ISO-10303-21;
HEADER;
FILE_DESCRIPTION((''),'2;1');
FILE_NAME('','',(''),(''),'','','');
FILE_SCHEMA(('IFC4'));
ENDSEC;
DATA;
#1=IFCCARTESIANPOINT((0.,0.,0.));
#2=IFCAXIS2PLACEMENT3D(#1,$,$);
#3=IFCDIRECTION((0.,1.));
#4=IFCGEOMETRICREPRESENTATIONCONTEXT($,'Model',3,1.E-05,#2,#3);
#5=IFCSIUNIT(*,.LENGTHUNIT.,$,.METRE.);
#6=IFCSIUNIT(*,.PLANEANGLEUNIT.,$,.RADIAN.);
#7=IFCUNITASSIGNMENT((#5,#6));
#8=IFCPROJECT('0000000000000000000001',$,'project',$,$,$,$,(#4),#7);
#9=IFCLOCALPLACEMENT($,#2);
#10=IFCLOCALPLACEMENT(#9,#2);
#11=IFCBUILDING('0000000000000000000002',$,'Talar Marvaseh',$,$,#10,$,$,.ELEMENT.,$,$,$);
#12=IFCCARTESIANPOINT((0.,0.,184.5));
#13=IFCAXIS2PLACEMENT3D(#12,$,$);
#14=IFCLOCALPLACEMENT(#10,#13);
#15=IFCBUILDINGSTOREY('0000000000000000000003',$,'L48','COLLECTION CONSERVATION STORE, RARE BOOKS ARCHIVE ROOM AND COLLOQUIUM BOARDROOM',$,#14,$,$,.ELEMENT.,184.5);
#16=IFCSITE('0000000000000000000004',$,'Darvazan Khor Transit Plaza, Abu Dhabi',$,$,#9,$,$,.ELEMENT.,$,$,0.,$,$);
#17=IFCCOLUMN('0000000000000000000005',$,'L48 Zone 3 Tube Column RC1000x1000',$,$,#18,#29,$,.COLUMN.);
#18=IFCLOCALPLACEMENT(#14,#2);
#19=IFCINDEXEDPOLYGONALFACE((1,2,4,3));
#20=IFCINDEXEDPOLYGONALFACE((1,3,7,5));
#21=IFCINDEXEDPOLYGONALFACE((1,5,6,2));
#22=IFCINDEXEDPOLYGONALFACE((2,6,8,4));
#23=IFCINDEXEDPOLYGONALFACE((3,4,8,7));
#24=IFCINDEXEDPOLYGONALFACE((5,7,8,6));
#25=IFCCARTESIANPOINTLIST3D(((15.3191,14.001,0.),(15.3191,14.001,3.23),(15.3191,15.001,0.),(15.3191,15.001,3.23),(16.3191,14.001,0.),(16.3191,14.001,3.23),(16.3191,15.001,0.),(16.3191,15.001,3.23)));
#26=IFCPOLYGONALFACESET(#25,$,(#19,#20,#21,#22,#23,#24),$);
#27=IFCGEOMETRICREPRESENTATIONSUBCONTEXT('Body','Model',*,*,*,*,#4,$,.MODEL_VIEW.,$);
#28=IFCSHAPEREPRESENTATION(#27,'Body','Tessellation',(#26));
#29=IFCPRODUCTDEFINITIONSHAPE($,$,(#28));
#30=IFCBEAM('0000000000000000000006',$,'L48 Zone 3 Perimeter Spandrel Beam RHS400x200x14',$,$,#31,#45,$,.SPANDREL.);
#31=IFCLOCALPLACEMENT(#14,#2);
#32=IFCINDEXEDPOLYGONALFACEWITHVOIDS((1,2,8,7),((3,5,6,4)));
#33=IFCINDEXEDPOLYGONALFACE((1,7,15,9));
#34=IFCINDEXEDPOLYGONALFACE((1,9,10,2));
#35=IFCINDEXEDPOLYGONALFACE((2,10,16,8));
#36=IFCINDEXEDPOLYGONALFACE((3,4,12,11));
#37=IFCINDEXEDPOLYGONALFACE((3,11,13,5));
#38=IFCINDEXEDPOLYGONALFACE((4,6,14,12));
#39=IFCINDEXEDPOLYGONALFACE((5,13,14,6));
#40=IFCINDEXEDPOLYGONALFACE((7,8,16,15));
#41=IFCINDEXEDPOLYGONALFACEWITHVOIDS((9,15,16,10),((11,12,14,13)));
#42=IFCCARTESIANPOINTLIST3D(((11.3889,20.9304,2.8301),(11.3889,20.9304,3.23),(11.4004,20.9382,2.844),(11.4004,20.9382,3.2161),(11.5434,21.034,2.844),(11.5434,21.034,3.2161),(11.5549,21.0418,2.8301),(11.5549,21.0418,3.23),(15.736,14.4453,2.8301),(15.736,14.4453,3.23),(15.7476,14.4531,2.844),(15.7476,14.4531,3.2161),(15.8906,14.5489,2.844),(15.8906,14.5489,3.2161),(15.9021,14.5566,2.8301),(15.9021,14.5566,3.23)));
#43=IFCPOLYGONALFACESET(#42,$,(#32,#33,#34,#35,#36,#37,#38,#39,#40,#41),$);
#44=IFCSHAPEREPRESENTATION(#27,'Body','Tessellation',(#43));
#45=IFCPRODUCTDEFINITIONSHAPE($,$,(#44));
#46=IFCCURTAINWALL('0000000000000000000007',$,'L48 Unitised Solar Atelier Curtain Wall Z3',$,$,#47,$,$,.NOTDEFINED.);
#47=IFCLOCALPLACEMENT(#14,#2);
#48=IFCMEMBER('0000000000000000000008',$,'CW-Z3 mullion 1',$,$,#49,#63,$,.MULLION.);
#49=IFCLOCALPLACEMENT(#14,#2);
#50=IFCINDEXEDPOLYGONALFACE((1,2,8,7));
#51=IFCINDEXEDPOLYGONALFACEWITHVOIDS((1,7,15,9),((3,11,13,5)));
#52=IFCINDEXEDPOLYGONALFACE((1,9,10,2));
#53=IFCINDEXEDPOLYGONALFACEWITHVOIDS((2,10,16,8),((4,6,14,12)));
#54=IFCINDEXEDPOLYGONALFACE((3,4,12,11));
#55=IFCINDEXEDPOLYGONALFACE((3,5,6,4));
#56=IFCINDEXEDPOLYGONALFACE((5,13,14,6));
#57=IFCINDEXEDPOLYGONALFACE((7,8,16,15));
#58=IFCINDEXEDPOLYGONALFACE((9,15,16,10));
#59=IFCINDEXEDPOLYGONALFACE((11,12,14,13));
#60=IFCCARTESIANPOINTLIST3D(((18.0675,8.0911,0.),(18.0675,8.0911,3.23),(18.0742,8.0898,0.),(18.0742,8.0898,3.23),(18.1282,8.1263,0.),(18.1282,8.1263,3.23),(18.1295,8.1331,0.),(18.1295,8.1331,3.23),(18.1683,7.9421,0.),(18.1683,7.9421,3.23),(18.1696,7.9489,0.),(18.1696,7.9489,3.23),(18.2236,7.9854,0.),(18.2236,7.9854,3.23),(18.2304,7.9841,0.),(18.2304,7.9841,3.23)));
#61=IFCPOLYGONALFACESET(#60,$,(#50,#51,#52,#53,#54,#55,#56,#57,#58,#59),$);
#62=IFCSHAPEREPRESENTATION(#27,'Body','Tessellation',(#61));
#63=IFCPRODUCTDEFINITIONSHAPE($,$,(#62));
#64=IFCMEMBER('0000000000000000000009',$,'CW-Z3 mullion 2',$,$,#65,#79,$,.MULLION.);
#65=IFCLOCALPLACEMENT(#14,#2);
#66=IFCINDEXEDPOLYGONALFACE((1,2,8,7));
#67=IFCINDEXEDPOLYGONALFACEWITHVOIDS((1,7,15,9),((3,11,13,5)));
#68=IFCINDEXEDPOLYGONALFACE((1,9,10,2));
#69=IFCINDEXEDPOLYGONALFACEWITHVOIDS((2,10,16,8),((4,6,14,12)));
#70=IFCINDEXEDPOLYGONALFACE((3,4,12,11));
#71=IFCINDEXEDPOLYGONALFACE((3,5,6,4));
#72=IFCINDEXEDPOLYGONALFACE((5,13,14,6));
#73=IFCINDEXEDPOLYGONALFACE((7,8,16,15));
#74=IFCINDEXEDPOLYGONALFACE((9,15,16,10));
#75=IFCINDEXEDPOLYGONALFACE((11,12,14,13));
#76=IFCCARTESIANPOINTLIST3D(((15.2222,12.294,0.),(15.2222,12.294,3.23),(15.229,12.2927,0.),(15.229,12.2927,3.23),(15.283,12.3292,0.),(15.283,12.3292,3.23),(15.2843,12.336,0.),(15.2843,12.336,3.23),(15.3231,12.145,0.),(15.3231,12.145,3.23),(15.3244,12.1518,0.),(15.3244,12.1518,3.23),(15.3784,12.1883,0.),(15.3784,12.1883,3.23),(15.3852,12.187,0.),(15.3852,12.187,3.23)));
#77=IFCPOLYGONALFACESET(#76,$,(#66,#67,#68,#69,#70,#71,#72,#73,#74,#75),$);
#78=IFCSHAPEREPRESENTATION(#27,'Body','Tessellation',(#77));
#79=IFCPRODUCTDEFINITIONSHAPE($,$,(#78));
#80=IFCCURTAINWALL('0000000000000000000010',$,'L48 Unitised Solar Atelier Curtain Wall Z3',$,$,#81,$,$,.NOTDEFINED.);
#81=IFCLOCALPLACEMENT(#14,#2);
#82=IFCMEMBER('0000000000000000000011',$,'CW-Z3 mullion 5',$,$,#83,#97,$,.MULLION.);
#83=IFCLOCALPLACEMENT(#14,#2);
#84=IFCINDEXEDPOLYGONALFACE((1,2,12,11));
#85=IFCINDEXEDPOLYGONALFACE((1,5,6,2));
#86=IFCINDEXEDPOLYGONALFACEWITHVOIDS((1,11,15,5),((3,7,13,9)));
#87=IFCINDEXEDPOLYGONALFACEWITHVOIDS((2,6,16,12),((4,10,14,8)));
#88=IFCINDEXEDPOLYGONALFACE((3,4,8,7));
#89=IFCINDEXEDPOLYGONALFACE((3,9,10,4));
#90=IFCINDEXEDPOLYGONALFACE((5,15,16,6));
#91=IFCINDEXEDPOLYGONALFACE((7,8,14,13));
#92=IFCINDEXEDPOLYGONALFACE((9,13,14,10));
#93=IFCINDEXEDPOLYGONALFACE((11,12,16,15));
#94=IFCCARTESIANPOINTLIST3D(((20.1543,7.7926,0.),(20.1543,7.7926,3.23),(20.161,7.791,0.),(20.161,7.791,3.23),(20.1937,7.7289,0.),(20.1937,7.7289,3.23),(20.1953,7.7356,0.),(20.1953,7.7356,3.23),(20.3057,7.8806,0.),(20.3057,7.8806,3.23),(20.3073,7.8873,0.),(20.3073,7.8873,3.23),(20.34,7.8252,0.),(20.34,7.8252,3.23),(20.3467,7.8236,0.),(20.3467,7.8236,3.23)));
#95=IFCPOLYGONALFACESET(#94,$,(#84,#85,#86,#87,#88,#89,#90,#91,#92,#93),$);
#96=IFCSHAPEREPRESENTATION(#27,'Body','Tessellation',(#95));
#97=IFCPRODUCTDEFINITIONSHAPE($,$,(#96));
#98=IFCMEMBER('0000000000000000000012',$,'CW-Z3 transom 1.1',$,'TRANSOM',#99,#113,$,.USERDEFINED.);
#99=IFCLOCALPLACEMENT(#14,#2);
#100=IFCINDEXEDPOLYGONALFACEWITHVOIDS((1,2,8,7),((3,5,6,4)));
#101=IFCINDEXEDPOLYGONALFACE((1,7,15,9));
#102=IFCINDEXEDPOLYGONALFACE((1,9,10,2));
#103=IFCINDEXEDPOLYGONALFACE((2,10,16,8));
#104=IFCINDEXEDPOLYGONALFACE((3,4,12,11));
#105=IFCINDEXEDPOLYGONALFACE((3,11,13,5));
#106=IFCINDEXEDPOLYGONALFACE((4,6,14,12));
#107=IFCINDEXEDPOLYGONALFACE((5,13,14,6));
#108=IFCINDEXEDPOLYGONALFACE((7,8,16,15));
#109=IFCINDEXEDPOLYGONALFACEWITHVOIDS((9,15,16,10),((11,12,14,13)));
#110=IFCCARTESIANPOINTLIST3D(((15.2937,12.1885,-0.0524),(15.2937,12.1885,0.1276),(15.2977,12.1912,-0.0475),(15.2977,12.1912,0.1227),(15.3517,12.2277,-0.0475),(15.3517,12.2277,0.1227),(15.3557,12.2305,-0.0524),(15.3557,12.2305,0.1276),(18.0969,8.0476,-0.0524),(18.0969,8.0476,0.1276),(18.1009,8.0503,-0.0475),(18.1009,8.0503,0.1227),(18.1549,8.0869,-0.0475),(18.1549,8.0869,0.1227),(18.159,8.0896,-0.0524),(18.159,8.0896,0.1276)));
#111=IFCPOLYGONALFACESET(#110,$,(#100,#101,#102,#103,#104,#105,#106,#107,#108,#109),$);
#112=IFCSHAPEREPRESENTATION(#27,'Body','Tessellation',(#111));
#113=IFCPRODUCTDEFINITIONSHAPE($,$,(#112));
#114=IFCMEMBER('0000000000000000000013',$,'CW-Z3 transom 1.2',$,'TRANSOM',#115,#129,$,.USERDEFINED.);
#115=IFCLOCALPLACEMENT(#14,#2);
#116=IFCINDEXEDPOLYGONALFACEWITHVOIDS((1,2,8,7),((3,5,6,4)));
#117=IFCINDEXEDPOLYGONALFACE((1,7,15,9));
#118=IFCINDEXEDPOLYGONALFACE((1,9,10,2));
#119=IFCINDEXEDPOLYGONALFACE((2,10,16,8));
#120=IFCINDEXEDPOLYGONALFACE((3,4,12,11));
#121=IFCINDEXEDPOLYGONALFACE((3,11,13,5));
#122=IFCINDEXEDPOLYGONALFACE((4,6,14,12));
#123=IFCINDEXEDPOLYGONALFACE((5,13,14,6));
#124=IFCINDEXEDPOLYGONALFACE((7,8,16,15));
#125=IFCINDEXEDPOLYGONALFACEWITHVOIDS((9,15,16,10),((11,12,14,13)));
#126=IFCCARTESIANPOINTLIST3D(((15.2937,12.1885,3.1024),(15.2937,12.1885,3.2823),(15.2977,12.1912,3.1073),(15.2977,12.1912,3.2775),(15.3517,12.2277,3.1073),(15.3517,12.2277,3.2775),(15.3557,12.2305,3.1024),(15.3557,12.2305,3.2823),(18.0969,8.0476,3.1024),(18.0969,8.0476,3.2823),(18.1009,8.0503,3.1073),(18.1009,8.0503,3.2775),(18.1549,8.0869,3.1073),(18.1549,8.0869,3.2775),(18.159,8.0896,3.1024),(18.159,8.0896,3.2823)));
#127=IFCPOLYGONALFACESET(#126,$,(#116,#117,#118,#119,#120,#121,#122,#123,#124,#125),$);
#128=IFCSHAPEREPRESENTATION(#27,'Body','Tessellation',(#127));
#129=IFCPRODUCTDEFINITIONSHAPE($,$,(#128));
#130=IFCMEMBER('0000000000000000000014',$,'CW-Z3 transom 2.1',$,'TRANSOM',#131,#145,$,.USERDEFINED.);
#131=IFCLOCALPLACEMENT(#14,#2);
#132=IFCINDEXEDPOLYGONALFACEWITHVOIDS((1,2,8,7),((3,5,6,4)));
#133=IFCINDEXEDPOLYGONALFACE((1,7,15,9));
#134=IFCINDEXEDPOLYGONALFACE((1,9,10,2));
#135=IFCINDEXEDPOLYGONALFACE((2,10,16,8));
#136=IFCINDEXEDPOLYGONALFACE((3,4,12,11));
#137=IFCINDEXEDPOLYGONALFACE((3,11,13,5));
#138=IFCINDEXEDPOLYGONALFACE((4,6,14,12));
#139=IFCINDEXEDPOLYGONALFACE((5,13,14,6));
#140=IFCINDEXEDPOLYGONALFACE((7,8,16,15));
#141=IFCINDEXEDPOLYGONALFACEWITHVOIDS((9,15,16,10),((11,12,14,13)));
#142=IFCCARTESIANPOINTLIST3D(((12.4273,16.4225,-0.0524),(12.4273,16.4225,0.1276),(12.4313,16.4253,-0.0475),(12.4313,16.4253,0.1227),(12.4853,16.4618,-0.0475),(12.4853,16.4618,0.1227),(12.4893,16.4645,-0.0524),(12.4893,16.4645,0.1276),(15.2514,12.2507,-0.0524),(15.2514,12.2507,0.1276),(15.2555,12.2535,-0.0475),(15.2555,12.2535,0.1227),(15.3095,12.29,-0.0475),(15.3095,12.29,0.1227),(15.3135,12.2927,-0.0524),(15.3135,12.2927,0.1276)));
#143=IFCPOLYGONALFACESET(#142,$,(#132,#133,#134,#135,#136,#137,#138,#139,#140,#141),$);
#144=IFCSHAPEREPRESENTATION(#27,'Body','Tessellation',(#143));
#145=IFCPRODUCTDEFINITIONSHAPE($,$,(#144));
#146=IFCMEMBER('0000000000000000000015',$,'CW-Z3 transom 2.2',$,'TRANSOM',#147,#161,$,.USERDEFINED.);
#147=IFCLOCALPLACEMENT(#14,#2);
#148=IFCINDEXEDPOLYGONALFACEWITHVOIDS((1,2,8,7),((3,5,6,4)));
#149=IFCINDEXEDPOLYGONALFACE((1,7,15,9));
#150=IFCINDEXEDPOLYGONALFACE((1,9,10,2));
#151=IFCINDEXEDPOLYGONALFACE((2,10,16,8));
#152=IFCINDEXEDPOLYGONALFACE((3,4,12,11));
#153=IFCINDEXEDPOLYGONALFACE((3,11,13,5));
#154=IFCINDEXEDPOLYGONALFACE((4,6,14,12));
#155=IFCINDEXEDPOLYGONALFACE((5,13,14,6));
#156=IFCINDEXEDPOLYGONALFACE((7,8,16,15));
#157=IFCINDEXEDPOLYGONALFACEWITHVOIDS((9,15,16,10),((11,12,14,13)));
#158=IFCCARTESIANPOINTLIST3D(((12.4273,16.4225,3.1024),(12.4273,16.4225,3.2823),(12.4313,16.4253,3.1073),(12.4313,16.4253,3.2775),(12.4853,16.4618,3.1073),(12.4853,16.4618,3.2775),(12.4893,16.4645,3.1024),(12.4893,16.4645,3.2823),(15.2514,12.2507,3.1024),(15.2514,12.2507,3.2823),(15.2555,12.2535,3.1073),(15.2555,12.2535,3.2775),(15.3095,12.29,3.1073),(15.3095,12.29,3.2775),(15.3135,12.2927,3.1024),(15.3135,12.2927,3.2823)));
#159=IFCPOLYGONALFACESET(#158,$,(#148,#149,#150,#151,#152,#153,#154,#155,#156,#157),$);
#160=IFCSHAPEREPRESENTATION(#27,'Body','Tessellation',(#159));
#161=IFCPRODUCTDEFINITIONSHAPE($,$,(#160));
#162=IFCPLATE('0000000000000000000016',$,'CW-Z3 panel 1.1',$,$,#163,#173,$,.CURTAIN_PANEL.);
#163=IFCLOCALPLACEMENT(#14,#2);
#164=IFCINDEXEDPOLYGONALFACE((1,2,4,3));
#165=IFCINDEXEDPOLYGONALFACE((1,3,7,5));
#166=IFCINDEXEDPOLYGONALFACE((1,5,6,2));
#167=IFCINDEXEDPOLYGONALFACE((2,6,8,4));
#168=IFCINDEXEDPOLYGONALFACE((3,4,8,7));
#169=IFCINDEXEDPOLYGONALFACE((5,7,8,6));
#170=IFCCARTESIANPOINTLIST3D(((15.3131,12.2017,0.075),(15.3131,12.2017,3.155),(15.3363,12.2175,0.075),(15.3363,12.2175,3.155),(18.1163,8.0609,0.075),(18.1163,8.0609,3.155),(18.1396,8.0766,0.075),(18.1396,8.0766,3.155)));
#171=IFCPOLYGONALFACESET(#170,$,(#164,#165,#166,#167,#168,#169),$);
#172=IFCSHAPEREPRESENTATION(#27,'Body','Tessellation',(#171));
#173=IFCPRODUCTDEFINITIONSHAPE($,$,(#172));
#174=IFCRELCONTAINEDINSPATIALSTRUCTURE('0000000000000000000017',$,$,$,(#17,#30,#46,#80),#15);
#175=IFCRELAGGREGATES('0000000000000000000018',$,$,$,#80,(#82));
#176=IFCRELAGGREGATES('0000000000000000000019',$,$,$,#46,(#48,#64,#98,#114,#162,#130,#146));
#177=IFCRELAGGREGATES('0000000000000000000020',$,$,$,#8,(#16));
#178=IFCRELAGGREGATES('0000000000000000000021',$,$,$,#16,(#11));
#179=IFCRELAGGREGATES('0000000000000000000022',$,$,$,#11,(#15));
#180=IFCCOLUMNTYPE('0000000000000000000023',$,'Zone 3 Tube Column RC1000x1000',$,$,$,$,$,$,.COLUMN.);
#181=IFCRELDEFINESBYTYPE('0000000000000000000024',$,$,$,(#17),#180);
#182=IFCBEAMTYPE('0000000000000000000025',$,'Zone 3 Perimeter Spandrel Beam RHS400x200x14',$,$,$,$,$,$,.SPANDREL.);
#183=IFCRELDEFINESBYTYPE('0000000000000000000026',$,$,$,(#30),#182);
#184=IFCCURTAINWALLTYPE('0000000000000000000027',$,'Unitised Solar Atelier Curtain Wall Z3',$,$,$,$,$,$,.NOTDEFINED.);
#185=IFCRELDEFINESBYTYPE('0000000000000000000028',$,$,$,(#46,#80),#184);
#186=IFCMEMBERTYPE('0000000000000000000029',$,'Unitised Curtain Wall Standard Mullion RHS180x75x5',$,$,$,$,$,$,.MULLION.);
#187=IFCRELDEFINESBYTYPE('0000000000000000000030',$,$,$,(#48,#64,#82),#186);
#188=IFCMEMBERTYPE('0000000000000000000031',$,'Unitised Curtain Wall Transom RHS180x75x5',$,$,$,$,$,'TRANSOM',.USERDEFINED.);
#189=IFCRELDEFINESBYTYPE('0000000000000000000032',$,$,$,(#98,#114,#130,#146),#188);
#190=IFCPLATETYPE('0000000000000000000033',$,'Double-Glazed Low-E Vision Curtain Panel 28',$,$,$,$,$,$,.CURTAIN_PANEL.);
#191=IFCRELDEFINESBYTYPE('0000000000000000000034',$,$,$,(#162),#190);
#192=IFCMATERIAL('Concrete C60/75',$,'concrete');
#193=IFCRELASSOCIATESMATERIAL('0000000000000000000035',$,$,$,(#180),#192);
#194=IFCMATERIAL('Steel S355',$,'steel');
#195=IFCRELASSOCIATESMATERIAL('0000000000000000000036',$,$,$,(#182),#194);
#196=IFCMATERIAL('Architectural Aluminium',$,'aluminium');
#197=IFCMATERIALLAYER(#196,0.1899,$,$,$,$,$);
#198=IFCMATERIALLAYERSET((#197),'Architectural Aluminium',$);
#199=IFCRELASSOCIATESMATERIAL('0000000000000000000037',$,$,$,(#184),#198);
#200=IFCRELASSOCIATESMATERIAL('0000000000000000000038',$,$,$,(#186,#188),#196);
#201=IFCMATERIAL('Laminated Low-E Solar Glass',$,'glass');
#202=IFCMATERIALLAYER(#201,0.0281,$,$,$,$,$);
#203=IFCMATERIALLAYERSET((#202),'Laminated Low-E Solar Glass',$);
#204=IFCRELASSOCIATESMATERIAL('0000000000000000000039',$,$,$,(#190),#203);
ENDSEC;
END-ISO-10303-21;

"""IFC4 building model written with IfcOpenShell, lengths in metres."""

from ifc_helpers import new_model, si_unit, direction, frame, origin, origin_2d, place, context, subcontext, project, spatial, rectangle, hollow_rectangle, extrude, source, transform, mapped, material, layer, layer_set, material_profile, profile_set, type_object, type_shapes, element, aggregate, save


model = new_model("IFC4")

# Units and contexts
model_context = context("Model", 3, precision=1e-05, world=origin(), true_north=direction((0.0, 1.0)))
body_context = subcontext(model_context, "Body", "Model", "MODEL_VIEW")
ifc_project = project(units=[si_unit("LENGTHUNIT", "METRE"), si_unit("PLANEANGLEUNIT", "RADIAN")], contexts=[model_context])

# Site, building, storey
site_placement = place(None, origin())
site = spatial("IfcSite", under=ifc_project, at=site_placement, Name="Darvazan Khor Transit Plaza, Abu Dhabi", CompositionType="ELEMENT", RefElevation=0.0)
building_placement = place(site_placement, origin())
building = spatial("IfcBuilding", under=site, at=building_placement, Name="Talar Marvaseh", CompositionType="ELEMENT")
storey_placement = place(building_placement, frame((0.0, 0.0, 184.5)))
storey = spatial("IfcBuildingStorey", under=building, at=storey_placement, Name="L48", Description="COLLECTION CONSERVATION STORE, RARE BOOKS ARCHIVE ROOM AND COLLOQUIUM BOARDROOM", CompositionType="ELEMENT", Elevation=184.5)

# Column
ifc_material_1 = material(Name="Concrete C60/75", Category="concrete")
ifc_material_profile_1 = material_profile(ifc_material_1, rectangle(XDim=1.0, YDim=1.0, at=origin_2d()), Name="RC1000x1000")
ifc_profile_set_1 = profile_set([ifc_material_profile_1], Name="Concrete C60/75")
column_type = type_object("IfcColumnType", Name="Zone 3 Tube Column RC1000x1000", PredefinedType="COLUMN", material=ifc_profile_set_1)
column_placement = place(storey_placement, frame((15.8191, 14.501, 0.0), z_axis=(0.0, 0.0, 1.0), x_axis=(1.0, 0.0, 0.0)))
element("IfcColumn", 1, at=column_placement, inside=storey, type_object=column_type, Name="L48 Zone 3 Tube Column RC1000x1000", PredefinedType="COLUMN", context=body_context, shape_type="SweptSolid", body=[
    extrude(rectangle(XDim=1.0, YDim=1.0, at=origin_2d()), origin(), (0.0, 0.0, 1.0), 3.23),
])

# Beam
ifc_material_2 = material(Name="Steel S355", Category="steel")
ifc_material_profile_2 = material_profile(ifc_material_2, hollow_rectangle(XDim=0.2, YDim=0.3999, WallThickness=0.0139, at=origin_2d()), Name="RHS400x200x14")
ifc_profile_set_2 = profile_set([ifc_material_profile_2], Name="Steel S355")
beam_type = type_object("IfcBeamType", Name="Zone 3 Perimeter Spandrel Beam RHS400x200x14", PredefinedType="SPANDREL", material=ifc_profile_set_2)
beam_placement = place(storey_placement, frame((15.8191, 14.501, 3.03), z_axis=(-0.556806, 0.830643, 0.0), x_axis=(-0.830643, -0.556806, 0.0)))
element("IfcBeam", 2, at=beam_placement, inside=storey, type_object=beam_type, Name="L48 Zone 3 Perimeter Spandrel Beam RHS400x200x14", PredefinedType="SPANDREL", context=body_context, shape_type="SweptSolid", body=[
    extrude(hollow_rectangle(XDim=0.2, YDim=0.3999, WallThickness=0.0139, at=origin_2d()), origin(), (0.0, 0.0, 1.0), 7.8074),
])

# Curtain wall, members
ifc_material_3 = material(Name="Architectural Aluminium", Category="aluminium")
ifc_layer_1 = layer(ifc_material_3, 0.1899)
ifc_layer_set_1 = layer_set([ifc_layer_1], Name="Architectural Aluminium")
curtain_wall_type = type_object("IfcCurtainWallType", Name="Unitised Solar Atelier Curtain Wall Z3", PredefinedType="NOTDEFINED", material=ifc_layer_set_1)
curtain_wall_1_placement = place(storey_placement, origin())
curtain_wall_1 = element("IfcCurtainWall", 3, at=curtain_wall_1_placement, inside=storey, type_object=curtain_wall_type, Name="L48 Unitised Solar Atelier Curtain Wall Z3", PredefinedType="NOTDEFINED")
ifc_material_profile_3 = material_profile(ifc_material_3, hollow_rectangle(XDim=0.075, YDim=0.1799, WallThickness=0.0049, at=origin_2d()), Name="RHS180x75x5")
ifc_profile_set_3 = profile_set([ifc_material_profile_3], Name="Architectural Aluminium")
member_type_1 = type_object("IfcMemberType", Name="Unitised Curtain Wall Standard Mullion RHS180x75x5", PredefinedType="MULLION", material=ifc_profile_set_3)
shared_shape_1 = source(origin(), body_context, "Body", "SweptSolid", [
    extrude(hollow_rectangle(XDim=0.075, YDim=0.1799, WallThickness=0.0049, at=origin_2d()), origin(), (0.0, 0.0, 1.0), 3.23),
])
type_shapes(member_type_1, [shared_shape_1])
member_1_placement = place(storey_placement, frame((18.1489, 8.0376, 0.0), z_axis=(0.0, 0.0, 1.0), x_axis=(-0.828095, -0.560588, 0.0)))
member_1 = element("IfcMember", 4, at=member_1_placement, type_object=member_type_1, Name="CW-Z3 mullion 1", PredefinedType="MULLION", context=body_context, shape_type="MappedRepresentation", body=[
    mapped(shared_shape_1, transform((0.0, 0.0, 0.0), x_axis=(1.0, 0.0, 0.0), y_axis=(0.0, 1.0, 0.0), z_axis=(0.0, 0.0, 1.0), scale=1.0)),
])
member_2_placement = place(storey_placement, frame((15.3037, 12.2405, 0.0), z_axis=(0.0, 0.0, 1.0), x_axis=(-0.828095, -0.560588, 0.0)))
member_2 = element("IfcMember", 5, at=member_2_placement, type_object=member_type_1, Name="CW-Z3 mullion 2", PredefinedType="MULLION", context=body_context, shape_type="MappedRepresentation", body=[
    mapped(shared_shape_1, transform((0.0, 0.0, 0.0), x_axis=(1.0, 0.0, 0.0), y_axis=(0.0, 1.0, 0.0), z_axis=(0.0, 0.0, 1.0), scale=1.0)),
])

# Curtain wall, member
curtain_wall_2_placement = place(storey_placement, origin())
curtain_wall_2 = element("IfcCurtainWall", 6, at=curtain_wall_2_placement, inside=storey, type_object=curtain_wall_type, Name="L48 Unitised Solar Atelier Curtain Wall Z3", PredefinedType="NOTDEFINED")
member_3_placement = place(storey_placement, frame((20.2505, 7.8081, 0.0), z_axis=(0.0, 0.0, 1.0), x_axis=(0.526349, -0.850268, 0.0)))
member_3 = element("IfcMember", 7, at=member_3_placement, type_object=member_type_1, Name="CW-Z3 mullion 5", PredefinedType="MULLION", context=body_context, shape_type="MappedRepresentation", body=[
    mapped(shared_shape_1, transform((0.0, 0.0, 0.0), x_axis=(1.0, 0.0, 0.0), y_axis=(0.0, 1.0, 0.0), z_axis=(0.0, 0.0, 1.0), scale=1.0)),
])
aggregate(curtain_wall_2, [member_3])

# Members
ifc_material_profile_4 = material_profile(ifc_material_3, hollow_rectangle(XDim=0.075, YDim=0.1799, WallThickness=0.0049, at=origin_2d()), Name="RHS180x75x5")
ifc_profile_set_4 = profile_set([ifc_material_profile_4], Name="Architectural Aluminium")
member_type_2 = type_object("IfcMemberType", Name="Unitised Curtain Wall Transom RHS180x75x5", ElementType="TRANSOM", PredefinedType="USERDEFINED", material=ifc_profile_set_4)
shared_shape_2 = source(origin(), body_context, "Body", "SweptSolid", [
    extrude(hollow_rectangle(XDim=0.075, YDim=0.1799, WallThickness=0.0049, at=origin_2d()), origin(), (0.0, 0.0, 1.0), 5.0005),
])
member_4_placement = place(storey_placement, frame((18.1279, 8.0686, 0.0376), z_axis=(-0.56059, 0.828093, 0.0), x_axis=(-0.828093, -0.56059, 0.0)))
member_4 = element("IfcMember", 8, at=member_4_placement, type_object=member_type_2, Name="CW-Z3 transom 1.1", ObjectType="TRANSOM", PredefinedType="USERDEFINED", context=body_context, shape_type="MappedRepresentation", body=[
    mapped(shared_shape_2, transform((0.0, 0.0, 0.0), x_axis=(1.0, 0.0, 0.0), y_axis=(0.0, 1.0, 0.0), z_axis=(0.0, 0.0, 1.0), scale=1.0)),
])
member_5_placement = place(storey_placement, frame((18.1279, 8.0686, 3.1924), z_axis=(-0.56059, 0.828093, 0.0), x_axis=(-0.828093, -0.56059, 0.0)))
member_5 = element("IfcMember", 9, at=member_5_placement, type_object=member_type_2, Name="CW-Z3 transom 1.2", ObjectType="TRANSOM", PredefinedType="USERDEFINED", context=body_context, shape_type="MappedRepresentation", body=[
    mapped(shared_shape_2, transform((0.0, 0.0, 0.0), x_axis=(1.0, 0.0, 0.0), y_axis=(0.0, 1.0, 0.0), z_axis=(0.0, 0.0, 1.0), scale=1.0)),
])
shared_shape_3 = source(origin(), body_context, "Body", "SweptSolid", [
    extrude(hollow_rectangle(XDim=0.075, YDim=0.1799, WallThickness=0.0049, at=origin_2d()), origin(), (0.0, 0.0, 1.0), 5.0378),
])
type_shapes(member_type_2, [shared_shape_2, shared_shape_3])
member_6_placement = place(storey_placement, frame((15.2825, 12.2717, 0.0376), z_axis=(-0.560591, 0.828093, 0.0), x_axis=(-0.828093, -0.560591, 0.0)))
member_6 = element("IfcMember", 10, at=member_6_placement, type_object=member_type_2, Name="CW-Z3 transom 2.1", ObjectType="TRANSOM", PredefinedType="USERDEFINED", context=body_context, shape_type="MappedRepresentation", body=[
    mapped(shared_shape_3, transform((0.0, 0.0, 0.0), x_axis=(1.0, 0.0, 0.0), y_axis=(0.0, 1.0, 0.0), z_axis=(0.0, 0.0, 1.0), scale=1.0)),
])
member_7_placement = place(storey_placement, frame((15.2825, 12.2717, 3.1924), z_axis=(-0.560591, 0.828093, 0.0), x_axis=(-0.828093, -0.560591, 0.0)))
member_7 = element("IfcMember", 11, at=member_7_placement, type_object=member_type_2, Name="CW-Z3 transom 2.2", ObjectType="TRANSOM", PredefinedType="USERDEFINED", context=body_context, shape_type="MappedRepresentation", body=[
    mapped(shared_shape_3, transform((0.0, 0.0, 0.0), x_axis=(1.0, 0.0, 0.0), y_axis=(0.0, 1.0, 0.0), z_axis=(0.0, 0.0, 1.0), scale=1.0)),
])

# Plate
ifc_material_4 = material(Name="Laminated Low-E Solar Glass", Category="glass")
ifc_layer_2 = layer(ifc_material_4, 0.0281)
ifc_layer_set_2 = layer_set([ifc_layer_2], Name="Laminated Low-E Solar Glass")
plate_type = type_object("IfcPlateType", Name="Double-Glazed Low-E Vision Curtain Panel 28", PredefinedType="CURTAIN_PANEL", material=ifc_layer_set_2)
shared_shape_4 = source(origin(), body_context, "Body", "SweptSolid", [
    extrude(rectangle(XDim=5.0005, YDim=0.0281, at=origin_2d()), origin(), (0.0, 0.0, 1.0), 3.0801),
])
type_shapes(plate_type, [shared_shape_4])
plate_placement = place(storey_placement, frame((16.7263, 10.1392, 0.075), z_axis=(0.0, 0.0, 1.0), x_axis=(-0.560588, 0.828095, 0.0)))
plate = element("IfcPlate", 12, at=plate_placement, type_object=plate_type, Name="CW-Z3 panel 1.1", PredefinedType="CURTAIN_PANEL", context=body_context, shape_type="MappedRepresentation", body=[
    mapped(shared_shape_4, transform((0.0, 0.0, 0.0), x_axis=(1.0, 0.0, 0.0), y_axis=(0.0, 1.0, 0.0), z_axis=(0.0, 0.0, 1.0), scale=1.0)),
])
aggregate(curtain_wall_1, [member_1, member_2, member_4, member_5, plate, member_6, member_7])

save(model, "model.ifc")
